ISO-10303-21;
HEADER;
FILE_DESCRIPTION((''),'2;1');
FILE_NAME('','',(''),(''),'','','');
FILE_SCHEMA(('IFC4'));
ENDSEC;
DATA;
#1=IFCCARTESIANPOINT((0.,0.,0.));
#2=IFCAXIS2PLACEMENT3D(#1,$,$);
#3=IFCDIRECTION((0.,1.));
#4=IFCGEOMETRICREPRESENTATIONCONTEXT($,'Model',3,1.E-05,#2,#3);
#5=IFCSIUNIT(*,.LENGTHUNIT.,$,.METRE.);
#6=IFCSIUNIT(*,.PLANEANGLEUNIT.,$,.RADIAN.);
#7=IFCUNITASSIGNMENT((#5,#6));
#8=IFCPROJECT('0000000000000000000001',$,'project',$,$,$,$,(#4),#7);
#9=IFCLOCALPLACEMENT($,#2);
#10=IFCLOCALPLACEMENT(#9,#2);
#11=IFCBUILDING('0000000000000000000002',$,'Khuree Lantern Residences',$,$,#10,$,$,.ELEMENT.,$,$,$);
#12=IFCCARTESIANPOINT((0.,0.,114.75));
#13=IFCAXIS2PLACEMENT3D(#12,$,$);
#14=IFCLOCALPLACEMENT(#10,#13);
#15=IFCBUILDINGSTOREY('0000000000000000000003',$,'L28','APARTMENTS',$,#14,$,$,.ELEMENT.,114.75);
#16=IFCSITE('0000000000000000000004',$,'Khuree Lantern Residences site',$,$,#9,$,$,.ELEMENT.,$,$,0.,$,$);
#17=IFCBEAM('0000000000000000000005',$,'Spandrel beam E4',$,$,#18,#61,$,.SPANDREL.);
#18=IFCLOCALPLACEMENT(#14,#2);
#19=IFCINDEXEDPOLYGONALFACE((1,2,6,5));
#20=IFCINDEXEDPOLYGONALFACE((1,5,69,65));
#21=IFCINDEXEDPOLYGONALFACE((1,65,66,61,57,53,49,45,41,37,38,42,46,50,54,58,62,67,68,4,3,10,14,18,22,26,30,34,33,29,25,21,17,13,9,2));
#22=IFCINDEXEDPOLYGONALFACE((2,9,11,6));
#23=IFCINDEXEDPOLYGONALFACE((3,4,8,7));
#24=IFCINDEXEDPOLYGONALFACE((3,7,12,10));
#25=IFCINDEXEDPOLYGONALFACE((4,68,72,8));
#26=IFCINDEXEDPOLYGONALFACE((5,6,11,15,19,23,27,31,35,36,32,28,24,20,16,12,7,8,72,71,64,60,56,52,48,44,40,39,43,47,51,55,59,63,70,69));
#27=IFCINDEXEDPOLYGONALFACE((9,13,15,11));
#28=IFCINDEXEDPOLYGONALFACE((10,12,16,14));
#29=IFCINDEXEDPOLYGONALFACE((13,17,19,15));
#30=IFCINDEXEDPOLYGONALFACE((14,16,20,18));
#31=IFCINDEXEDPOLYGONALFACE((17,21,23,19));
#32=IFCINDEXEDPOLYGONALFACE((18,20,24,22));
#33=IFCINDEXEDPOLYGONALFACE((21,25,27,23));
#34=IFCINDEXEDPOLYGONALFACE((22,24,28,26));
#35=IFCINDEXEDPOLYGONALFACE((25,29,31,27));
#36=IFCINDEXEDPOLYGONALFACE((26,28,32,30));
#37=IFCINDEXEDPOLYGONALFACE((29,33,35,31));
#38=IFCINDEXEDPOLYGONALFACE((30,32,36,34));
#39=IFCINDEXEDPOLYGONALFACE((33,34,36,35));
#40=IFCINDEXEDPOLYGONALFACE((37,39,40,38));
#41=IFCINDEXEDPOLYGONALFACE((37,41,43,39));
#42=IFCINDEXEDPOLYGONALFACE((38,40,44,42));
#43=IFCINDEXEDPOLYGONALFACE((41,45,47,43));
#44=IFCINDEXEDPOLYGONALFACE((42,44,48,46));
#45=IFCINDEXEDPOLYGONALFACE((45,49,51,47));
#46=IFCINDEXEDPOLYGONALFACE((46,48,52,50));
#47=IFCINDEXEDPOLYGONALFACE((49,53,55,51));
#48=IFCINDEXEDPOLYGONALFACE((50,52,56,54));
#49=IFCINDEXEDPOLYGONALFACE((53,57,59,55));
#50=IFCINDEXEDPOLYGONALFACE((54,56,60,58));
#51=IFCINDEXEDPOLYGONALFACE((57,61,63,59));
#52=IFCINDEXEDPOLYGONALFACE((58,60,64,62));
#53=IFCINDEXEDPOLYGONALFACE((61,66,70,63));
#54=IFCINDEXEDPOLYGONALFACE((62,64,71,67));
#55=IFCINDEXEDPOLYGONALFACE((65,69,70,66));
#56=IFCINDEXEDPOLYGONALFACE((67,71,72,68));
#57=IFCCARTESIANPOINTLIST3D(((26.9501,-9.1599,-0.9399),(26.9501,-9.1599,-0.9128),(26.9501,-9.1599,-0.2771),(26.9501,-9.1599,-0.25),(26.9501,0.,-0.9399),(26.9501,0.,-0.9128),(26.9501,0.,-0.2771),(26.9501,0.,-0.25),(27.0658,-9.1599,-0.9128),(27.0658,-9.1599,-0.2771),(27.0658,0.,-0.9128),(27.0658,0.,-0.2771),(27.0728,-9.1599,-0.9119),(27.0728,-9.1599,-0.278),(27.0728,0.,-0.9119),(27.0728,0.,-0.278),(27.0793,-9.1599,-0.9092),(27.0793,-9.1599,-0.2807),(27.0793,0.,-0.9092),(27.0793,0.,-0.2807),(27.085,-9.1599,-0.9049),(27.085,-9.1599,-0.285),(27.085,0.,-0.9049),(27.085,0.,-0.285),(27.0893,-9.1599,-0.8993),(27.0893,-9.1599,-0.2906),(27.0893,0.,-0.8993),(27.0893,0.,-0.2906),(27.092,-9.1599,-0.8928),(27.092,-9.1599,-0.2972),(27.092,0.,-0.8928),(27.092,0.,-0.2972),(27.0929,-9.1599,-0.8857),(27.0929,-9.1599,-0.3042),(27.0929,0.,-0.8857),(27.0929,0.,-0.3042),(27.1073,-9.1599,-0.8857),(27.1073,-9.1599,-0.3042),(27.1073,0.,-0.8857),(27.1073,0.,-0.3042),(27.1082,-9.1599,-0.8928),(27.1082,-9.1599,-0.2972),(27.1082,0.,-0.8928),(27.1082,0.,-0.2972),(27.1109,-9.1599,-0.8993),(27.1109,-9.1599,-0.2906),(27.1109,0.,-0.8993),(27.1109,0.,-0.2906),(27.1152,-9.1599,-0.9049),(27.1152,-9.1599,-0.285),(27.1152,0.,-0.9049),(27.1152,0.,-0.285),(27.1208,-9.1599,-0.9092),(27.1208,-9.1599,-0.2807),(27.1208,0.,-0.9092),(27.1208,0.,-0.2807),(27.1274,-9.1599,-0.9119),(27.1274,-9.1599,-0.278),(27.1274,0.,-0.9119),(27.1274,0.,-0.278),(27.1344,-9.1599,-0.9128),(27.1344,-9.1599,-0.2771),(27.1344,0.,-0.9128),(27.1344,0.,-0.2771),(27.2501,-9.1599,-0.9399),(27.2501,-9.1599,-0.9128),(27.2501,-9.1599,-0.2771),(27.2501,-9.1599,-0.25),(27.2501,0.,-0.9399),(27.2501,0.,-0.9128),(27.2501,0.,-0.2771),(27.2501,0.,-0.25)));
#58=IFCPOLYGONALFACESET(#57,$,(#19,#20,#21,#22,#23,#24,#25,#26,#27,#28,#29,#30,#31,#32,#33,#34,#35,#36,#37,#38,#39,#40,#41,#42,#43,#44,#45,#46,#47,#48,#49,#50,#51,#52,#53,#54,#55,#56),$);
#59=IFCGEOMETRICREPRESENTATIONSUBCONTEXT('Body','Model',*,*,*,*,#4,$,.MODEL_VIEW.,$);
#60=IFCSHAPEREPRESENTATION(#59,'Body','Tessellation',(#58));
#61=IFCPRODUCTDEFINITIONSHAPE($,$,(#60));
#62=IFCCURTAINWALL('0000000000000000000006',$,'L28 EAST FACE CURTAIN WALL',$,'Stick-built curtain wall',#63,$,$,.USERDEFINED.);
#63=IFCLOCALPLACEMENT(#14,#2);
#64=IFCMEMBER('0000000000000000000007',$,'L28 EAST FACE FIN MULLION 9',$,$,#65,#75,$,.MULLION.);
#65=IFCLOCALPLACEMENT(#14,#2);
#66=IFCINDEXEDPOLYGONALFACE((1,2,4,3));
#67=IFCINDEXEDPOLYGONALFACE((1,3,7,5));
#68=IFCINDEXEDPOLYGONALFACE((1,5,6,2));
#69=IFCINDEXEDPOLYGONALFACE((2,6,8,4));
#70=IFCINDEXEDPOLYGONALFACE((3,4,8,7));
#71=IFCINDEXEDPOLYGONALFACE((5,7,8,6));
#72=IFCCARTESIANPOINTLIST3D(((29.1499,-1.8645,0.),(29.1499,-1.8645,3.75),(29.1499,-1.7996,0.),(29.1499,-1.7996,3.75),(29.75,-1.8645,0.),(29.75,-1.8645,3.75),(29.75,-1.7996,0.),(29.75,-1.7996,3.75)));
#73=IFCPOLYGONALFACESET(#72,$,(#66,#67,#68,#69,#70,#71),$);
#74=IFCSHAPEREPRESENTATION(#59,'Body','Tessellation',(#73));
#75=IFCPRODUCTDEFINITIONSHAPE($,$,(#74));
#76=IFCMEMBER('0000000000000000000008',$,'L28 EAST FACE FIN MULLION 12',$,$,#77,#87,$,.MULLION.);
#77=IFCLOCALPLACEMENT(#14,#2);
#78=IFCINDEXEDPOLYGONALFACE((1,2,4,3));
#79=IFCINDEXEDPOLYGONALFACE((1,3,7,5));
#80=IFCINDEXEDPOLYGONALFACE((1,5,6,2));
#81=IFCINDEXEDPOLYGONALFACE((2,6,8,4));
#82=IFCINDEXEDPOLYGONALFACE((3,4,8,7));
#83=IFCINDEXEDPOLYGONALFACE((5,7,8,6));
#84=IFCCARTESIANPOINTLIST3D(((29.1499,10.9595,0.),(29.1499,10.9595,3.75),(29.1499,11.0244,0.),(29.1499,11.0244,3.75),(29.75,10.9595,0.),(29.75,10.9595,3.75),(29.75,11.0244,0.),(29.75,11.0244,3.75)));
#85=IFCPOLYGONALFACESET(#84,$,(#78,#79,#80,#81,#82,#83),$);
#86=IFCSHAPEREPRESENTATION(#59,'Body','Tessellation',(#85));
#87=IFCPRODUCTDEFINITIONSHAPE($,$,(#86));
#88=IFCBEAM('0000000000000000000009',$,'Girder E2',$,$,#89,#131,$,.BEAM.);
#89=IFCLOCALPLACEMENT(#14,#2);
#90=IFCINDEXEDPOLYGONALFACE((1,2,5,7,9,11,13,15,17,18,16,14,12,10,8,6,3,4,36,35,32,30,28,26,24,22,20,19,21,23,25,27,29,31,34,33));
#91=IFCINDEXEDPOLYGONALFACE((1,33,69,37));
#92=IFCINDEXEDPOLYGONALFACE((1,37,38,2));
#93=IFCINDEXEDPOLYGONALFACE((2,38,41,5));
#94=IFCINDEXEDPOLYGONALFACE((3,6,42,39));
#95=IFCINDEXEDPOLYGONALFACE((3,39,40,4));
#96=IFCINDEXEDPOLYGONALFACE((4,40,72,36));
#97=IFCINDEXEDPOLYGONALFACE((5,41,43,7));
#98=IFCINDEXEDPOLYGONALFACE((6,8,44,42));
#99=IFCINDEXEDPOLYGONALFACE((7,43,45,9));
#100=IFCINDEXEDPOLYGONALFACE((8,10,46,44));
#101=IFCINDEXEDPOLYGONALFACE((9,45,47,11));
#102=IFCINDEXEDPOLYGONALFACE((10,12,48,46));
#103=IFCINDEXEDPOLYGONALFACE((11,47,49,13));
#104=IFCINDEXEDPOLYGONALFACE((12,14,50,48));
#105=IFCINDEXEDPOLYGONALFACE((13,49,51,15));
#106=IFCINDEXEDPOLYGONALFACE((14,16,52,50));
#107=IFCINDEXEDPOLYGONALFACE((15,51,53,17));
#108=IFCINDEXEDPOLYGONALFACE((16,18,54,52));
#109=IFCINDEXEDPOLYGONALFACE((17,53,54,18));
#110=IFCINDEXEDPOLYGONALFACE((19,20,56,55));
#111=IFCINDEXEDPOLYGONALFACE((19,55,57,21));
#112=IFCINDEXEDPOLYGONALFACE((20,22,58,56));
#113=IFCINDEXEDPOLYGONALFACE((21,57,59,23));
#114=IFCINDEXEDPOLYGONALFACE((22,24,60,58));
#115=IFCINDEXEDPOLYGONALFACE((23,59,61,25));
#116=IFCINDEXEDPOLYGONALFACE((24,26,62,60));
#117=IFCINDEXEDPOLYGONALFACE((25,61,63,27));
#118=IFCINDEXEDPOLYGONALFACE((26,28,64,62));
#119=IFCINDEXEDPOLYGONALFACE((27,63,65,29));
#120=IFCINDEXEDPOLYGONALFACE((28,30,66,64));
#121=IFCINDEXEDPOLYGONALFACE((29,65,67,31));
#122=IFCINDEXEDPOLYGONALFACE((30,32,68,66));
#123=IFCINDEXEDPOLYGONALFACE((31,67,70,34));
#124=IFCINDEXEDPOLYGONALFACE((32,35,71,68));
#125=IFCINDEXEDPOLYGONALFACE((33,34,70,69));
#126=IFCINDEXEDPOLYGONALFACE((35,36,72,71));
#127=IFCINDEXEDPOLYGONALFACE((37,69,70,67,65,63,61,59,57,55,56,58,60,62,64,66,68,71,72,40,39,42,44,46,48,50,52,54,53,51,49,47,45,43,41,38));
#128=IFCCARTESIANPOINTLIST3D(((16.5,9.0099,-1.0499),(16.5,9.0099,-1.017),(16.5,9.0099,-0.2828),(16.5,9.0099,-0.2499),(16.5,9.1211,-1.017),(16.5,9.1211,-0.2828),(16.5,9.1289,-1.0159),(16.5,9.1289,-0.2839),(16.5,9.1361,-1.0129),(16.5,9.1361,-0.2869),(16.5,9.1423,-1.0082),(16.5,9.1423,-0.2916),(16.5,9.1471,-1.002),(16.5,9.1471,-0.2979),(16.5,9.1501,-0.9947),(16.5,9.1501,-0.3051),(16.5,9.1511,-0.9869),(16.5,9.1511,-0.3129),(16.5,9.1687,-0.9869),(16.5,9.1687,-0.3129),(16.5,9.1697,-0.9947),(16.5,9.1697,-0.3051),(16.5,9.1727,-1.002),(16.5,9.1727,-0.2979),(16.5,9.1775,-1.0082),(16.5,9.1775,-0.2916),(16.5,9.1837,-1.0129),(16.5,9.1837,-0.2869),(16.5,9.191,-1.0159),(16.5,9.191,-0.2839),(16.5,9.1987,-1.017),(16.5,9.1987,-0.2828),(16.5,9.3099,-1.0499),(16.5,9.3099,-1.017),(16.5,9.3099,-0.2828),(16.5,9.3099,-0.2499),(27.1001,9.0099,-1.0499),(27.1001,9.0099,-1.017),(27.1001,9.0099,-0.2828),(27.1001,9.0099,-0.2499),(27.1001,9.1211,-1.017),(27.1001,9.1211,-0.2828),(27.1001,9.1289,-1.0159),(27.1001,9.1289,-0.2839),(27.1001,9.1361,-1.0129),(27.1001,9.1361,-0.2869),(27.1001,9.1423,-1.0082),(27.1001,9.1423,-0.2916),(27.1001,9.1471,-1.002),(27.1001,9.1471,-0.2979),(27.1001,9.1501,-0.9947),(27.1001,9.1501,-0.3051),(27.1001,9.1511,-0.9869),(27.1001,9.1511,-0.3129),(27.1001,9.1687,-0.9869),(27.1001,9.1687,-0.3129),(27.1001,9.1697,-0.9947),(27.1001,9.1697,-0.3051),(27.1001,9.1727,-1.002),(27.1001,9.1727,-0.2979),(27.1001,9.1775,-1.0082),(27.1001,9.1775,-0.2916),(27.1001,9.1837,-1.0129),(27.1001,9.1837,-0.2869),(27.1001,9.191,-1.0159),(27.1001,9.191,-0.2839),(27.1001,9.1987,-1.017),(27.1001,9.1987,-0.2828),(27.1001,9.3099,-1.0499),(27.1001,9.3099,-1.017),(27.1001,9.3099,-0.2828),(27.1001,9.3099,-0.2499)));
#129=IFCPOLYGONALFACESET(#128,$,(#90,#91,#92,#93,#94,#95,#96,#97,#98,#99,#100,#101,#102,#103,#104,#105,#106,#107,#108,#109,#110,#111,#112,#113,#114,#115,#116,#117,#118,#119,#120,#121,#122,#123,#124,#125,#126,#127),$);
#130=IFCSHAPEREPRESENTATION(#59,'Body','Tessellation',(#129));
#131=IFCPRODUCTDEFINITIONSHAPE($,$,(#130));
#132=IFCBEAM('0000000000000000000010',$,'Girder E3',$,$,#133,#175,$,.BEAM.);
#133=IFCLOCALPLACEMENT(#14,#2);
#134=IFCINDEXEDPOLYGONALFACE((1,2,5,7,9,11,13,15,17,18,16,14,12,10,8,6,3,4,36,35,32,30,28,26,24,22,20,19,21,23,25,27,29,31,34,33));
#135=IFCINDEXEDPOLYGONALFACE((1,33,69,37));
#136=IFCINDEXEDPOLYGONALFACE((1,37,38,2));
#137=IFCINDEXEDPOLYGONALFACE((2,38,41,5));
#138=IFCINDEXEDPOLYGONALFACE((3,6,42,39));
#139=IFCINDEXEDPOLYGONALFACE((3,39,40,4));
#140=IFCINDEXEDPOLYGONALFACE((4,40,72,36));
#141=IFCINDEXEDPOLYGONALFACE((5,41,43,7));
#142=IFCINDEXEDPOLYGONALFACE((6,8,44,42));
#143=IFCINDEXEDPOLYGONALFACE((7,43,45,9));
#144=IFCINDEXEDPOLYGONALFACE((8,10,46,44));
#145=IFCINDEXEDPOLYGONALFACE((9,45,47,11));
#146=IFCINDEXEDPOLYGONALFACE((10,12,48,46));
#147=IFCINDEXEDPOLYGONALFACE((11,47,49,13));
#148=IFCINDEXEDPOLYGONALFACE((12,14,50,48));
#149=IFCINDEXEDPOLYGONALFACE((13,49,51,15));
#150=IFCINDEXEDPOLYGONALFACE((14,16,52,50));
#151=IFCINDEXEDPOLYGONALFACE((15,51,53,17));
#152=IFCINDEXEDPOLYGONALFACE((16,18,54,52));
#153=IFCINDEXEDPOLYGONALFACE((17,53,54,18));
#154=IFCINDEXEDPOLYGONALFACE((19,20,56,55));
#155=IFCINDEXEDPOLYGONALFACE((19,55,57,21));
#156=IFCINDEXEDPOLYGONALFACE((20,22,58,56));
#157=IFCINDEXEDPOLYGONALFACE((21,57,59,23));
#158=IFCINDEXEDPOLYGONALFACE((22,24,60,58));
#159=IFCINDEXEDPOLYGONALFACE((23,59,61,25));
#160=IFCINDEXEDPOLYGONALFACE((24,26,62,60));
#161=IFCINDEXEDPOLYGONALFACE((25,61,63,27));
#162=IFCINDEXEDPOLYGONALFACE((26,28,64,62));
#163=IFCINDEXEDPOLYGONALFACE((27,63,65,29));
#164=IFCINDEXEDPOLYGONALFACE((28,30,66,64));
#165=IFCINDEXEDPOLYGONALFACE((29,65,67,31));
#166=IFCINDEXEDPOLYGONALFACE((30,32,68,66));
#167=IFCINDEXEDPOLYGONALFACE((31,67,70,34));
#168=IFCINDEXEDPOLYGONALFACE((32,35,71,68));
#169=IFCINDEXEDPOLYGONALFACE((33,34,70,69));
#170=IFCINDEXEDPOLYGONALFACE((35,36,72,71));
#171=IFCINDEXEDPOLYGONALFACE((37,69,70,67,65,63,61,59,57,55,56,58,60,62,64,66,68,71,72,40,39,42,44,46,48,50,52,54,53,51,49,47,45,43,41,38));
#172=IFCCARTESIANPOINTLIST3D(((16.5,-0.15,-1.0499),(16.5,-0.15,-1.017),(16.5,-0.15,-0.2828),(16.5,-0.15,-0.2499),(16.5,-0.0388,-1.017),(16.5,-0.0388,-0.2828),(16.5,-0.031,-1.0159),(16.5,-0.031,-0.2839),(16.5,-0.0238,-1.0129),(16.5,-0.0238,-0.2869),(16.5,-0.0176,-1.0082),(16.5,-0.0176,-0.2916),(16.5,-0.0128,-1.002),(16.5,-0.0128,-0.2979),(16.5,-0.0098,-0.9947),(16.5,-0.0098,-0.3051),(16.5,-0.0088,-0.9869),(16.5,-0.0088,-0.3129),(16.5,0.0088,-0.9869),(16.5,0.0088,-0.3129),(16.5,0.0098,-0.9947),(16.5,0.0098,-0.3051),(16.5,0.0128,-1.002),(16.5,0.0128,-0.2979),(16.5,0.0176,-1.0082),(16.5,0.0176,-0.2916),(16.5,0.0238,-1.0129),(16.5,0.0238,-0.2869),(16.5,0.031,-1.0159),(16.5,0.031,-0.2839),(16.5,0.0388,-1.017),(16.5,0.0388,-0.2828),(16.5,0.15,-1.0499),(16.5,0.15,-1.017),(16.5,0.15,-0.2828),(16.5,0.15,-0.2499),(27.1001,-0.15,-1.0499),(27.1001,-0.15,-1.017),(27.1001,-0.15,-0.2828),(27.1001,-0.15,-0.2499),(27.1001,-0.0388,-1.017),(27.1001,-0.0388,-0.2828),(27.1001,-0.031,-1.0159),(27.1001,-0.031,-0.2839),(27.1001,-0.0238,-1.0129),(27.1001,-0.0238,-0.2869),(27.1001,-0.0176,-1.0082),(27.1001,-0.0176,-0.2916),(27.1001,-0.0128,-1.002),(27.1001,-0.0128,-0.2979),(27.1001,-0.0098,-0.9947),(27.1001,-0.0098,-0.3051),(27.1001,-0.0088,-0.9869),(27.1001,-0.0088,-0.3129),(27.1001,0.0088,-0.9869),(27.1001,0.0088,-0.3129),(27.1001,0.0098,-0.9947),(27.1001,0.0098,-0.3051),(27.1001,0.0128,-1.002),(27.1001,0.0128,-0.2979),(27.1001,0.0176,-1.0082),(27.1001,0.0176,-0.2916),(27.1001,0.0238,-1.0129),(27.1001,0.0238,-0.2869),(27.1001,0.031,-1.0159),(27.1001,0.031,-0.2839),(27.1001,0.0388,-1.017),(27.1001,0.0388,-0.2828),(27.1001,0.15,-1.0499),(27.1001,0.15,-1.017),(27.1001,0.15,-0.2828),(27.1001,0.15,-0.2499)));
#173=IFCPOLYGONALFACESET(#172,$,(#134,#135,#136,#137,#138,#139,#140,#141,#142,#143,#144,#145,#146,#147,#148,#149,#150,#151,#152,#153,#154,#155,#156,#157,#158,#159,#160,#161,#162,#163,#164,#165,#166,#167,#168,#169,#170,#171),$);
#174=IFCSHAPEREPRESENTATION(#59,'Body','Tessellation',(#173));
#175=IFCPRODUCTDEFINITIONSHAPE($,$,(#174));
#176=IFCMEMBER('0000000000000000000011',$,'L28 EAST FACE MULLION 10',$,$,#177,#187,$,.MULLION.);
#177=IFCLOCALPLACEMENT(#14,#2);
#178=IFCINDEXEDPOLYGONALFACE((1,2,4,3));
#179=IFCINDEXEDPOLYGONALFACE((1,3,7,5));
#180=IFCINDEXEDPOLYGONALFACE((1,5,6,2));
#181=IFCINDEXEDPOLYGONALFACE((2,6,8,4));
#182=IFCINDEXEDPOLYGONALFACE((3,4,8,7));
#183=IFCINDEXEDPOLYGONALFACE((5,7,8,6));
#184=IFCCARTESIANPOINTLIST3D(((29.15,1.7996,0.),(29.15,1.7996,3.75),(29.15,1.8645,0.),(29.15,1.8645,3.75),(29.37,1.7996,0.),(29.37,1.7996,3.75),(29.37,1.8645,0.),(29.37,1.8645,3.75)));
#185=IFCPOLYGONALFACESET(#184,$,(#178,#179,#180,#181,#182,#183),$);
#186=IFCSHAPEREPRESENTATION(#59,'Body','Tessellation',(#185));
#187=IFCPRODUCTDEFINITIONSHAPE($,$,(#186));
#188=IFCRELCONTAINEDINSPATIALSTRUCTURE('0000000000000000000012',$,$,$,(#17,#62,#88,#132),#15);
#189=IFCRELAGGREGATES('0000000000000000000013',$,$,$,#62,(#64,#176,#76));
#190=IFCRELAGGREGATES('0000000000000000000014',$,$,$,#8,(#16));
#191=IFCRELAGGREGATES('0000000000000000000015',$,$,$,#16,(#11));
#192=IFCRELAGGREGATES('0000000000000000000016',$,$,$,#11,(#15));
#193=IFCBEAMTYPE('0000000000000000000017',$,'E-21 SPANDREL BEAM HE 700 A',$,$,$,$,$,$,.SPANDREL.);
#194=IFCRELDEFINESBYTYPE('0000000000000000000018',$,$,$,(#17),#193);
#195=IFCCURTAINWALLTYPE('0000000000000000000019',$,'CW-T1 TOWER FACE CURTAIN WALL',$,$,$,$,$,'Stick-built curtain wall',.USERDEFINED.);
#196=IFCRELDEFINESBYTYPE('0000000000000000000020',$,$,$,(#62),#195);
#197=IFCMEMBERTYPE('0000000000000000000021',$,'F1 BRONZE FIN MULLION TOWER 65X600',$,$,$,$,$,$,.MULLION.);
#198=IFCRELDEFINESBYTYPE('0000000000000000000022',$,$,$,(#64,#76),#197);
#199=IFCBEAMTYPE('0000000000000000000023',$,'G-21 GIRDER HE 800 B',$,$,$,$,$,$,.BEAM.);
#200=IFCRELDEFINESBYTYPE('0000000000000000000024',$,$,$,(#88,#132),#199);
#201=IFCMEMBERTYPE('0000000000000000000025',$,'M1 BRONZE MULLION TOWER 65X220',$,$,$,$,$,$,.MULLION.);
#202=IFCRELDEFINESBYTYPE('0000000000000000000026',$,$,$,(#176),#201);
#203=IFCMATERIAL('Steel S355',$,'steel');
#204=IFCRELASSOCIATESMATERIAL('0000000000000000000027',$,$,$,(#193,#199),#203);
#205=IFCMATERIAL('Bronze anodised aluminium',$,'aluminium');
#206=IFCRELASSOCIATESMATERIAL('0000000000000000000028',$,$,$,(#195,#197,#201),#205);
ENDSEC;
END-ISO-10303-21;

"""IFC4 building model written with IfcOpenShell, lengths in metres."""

from ifc_helpers import new_model, si_unit, direction, frame, origin, origin_2d, place, context, subcontext, project, spatial, rectangle, i_section, extrude, material, material_profile, profile_set, type_object, element, aggregate, save


model = new_model("IFC4")

# Units and contexts
model_context = context("Model", 3, precision=1e-05, world=origin(), true_north=direction((0.0, 1.0)))
body_context = subcontext(model_context, "Body", "Model", "MODEL_VIEW")
ifc_project = project(units=[si_unit("LENGTHUNIT", "METRE"), si_unit("PLANEANGLEUNIT", "RADIAN")], contexts=[model_context])

# Site, building, storey
site_placement = place(None, origin())
site = spatial("IfcSite", under=ifc_project, at=site_placement, Name="Khuree Lantern Residences site", CompositionType="ELEMENT", RefElevation=0.0)
building_placement = place(site_placement, origin())
building = spatial("IfcBuilding", under=site, at=building_placement, Name="Khuree Lantern Residences", CompositionType="ELEMENT")
storey_placement = place(building_placement, frame((0.0, 0.0, 114.75)))
storey = spatial("IfcBuildingStorey", under=building, at=storey_placement, Name="L28", Description="APARTMENTS", CompositionType="ELEMENT", Elevation=114.75)

# Beam
ifc_material_1 = material(Name="Steel S355", Category="steel")
ifc_material_profile_1 = material_profile(ifc_material_1, i_section(OverallWidth=0.3, OverallDepth=0.6899, WebThickness=0.0144, FlangeThickness=0.0271, FilletRadius=0.0271, at=origin_2d()), Name="HE 700 A")
ifc_profile_set_1 = profile_set([ifc_material_profile_1], Name="Steel S355")
beam_type_1 = type_object("IfcBeamType", Name="E-21 SPANDREL BEAM HE 700 A", PredefinedType="SPANDREL", material=ifc_profile_set_1)
for number, where, z_axis, x_axis, name in (
    (1, (27.1001, 0.0, -0.595), (0.0, -1.0, 0.0), (1.0, 0.0, 0.0), "Spandrel beam E4"),
):
    element("IfcBeam", number, at=place(storey_placement, frame(where, z_axis=z_axis, x_axis=x_axis)), inside=storey, type_object=beam_type_1, Name=name, PredefinedType="SPANDREL", context=body_context, shape_type="SweptSolid", body=[
        extrude(i_section(OverallWidth=0.3, OverallDepth=0.6899, WebThickness=0.0144, FlangeThickness=0.0271, FilletRadius=0.0271, at=origin_2d()), origin(), (0.0, 0.0, 1.0), 9.1599),
    ])

# Curtain wall, members
ifc_material_2 = material(Name="Bronze anodised aluminium", Category="aluminium")
curtain_wall_type = type_object("IfcCurtainWallType", Name="CW-T1 TOWER FACE CURTAIN WALL", ElementType="Stick-built curtain wall", PredefinedType="USERDEFINED", material=ifc_material_2)
curtain_wall_placement = place(storey_placement, origin())
curtain_wall = element("IfcCurtainWall", 2, at=curtain_wall_placement, inside=storey, type_object=curtain_wall_type, Name="L28 EAST FACE CURTAIN WALL", ObjectType="Stick-built curtain wall", PredefinedType="USERDEFINED")
ifc_material_profile_2 = material_profile(ifc_material_2, rectangle(XDim=0.0649, YDim=0.6001, at=origin_2d()), Name="F1 65X600")
ifc_profile_set_2 = profile_set([ifc_material_profile_2], Name="Bronze anodised aluminium")
member_type_1 = type_object("IfcMemberType", Name="F1 BRONZE FIN MULLION TOWER 65X600", PredefinedType="MULLION", material=ifc_profile_set_2)
member_1_placement = place(storey_placement, frame((29.45, -1.832, 0.0), z_axis=(0.0, 0.0, 1.0), x_axis=(0.0, 1.0, 0.0)))
member_1 = element("IfcMember", 3, at=member_1_placement, type_object=member_type_1, Name="L28 EAST FACE FIN MULLION 9", PredefinedType="MULLION", context=body_context, shape_type="SweptSolid", body=[
    extrude(rectangle(XDim=0.0649, YDim=0.6001, at=origin_2d()), origin(), (0.0, 0.0, 1.0), 3.75),
])
member_2_placement = place(storey_placement, frame((29.45, 10.9919, 0.0), z_axis=(0.0, 0.0, 1.0), x_axis=(0.0, 1.0, 0.0)))
member_2 = element("IfcMember", 4, at=member_2_placement, type_object=member_type_1, Name="L28 EAST FACE FIN MULLION 12", PredefinedType="MULLION", context=body_context, shape_type="SweptSolid", body=[
    extrude(rectangle(XDim=0.0649, YDim=0.6001, at=origin_2d()), origin(), (0.0, 0.0, 1.0), 3.75),
])

# Beams
ifc_material_profile_3 = material_profile(ifc_material_1, i_section(OverallWidth=0.3, OverallDepth=0.8, WebThickness=0.0176, FlangeThickness=0.033, FilletRadius=0.03, at=origin_2d()), Name="HE 800 B")
ifc_profile_set_3 = profile_set([ifc_material_profile_3], Name="Steel S355")
beam_type_2 = type_object("IfcBeamType", Name="G-21 GIRDER HE 800 B", PredefinedType="BEAM", material=ifc_profile_set_3)
for number, where, z_axis, x_axis, name in (
    (5, (27.1001, 9.1599, -0.6499), (-1.0, 0.0, 0.0), (0.0, -1.0, 0.0), "Girder E2"),
    (6, (27.1001, 0.0, -0.6499), (-1.0, 0.0, 0.0), (0.0, -1.0, 0.0), "Girder E3"),
):
    element("IfcBeam", number, at=place(storey_placement, frame(where, z_axis=z_axis, x_axis=x_axis)), inside=storey, type_object=beam_type_2, Name=name, PredefinedType="BEAM", context=body_context, shape_type="SweptSolid", body=[
        extrude(i_section(OverallWidth=0.3, OverallDepth=0.8, WebThickness=0.0176, FlangeThickness=0.033, FilletRadius=0.03, at=origin_2d()), origin(), (0.0, 0.0, 1.0), 10.6001),
    ])

# Member
ifc_material_profile_4 = material_profile(ifc_material_2, rectangle(XDim=0.0649, YDim=0.22, at=origin_2d()), Name="M1 65X220")
ifc_profile_set_4 = profile_set([ifc_material_profile_4], Name="Bronze anodised aluminium")
member_type_2 = type_object("IfcMemberType", Name="M1 BRONZE MULLION TOWER 65X220", PredefinedType="MULLION", material=ifc_profile_set_4)
member_3_placement = place(storey_placement, frame((29.26, 1.832, 0.0), z_axis=(0.0, 0.0, 1.0), x_axis=(0.0, 1.0, 0.0)))
member_3 = element("IfcMember", 7, at=member_3_placement, type_object=member_type_2, Name="L28 EAST FACE MULLION 10", PredefinedType="MULLION", context=body_context, shape_type="SweptSolid", body=[
    extrude(rectangle(XDim=0.0649, YDim=0.22, at=origin_2d()), origin(), (0.0, 0.0, 1.0), 3.75),
])

aggregate(curtain_wall, [member_1, member_3, member_2])

save(model, "model.ifc")
